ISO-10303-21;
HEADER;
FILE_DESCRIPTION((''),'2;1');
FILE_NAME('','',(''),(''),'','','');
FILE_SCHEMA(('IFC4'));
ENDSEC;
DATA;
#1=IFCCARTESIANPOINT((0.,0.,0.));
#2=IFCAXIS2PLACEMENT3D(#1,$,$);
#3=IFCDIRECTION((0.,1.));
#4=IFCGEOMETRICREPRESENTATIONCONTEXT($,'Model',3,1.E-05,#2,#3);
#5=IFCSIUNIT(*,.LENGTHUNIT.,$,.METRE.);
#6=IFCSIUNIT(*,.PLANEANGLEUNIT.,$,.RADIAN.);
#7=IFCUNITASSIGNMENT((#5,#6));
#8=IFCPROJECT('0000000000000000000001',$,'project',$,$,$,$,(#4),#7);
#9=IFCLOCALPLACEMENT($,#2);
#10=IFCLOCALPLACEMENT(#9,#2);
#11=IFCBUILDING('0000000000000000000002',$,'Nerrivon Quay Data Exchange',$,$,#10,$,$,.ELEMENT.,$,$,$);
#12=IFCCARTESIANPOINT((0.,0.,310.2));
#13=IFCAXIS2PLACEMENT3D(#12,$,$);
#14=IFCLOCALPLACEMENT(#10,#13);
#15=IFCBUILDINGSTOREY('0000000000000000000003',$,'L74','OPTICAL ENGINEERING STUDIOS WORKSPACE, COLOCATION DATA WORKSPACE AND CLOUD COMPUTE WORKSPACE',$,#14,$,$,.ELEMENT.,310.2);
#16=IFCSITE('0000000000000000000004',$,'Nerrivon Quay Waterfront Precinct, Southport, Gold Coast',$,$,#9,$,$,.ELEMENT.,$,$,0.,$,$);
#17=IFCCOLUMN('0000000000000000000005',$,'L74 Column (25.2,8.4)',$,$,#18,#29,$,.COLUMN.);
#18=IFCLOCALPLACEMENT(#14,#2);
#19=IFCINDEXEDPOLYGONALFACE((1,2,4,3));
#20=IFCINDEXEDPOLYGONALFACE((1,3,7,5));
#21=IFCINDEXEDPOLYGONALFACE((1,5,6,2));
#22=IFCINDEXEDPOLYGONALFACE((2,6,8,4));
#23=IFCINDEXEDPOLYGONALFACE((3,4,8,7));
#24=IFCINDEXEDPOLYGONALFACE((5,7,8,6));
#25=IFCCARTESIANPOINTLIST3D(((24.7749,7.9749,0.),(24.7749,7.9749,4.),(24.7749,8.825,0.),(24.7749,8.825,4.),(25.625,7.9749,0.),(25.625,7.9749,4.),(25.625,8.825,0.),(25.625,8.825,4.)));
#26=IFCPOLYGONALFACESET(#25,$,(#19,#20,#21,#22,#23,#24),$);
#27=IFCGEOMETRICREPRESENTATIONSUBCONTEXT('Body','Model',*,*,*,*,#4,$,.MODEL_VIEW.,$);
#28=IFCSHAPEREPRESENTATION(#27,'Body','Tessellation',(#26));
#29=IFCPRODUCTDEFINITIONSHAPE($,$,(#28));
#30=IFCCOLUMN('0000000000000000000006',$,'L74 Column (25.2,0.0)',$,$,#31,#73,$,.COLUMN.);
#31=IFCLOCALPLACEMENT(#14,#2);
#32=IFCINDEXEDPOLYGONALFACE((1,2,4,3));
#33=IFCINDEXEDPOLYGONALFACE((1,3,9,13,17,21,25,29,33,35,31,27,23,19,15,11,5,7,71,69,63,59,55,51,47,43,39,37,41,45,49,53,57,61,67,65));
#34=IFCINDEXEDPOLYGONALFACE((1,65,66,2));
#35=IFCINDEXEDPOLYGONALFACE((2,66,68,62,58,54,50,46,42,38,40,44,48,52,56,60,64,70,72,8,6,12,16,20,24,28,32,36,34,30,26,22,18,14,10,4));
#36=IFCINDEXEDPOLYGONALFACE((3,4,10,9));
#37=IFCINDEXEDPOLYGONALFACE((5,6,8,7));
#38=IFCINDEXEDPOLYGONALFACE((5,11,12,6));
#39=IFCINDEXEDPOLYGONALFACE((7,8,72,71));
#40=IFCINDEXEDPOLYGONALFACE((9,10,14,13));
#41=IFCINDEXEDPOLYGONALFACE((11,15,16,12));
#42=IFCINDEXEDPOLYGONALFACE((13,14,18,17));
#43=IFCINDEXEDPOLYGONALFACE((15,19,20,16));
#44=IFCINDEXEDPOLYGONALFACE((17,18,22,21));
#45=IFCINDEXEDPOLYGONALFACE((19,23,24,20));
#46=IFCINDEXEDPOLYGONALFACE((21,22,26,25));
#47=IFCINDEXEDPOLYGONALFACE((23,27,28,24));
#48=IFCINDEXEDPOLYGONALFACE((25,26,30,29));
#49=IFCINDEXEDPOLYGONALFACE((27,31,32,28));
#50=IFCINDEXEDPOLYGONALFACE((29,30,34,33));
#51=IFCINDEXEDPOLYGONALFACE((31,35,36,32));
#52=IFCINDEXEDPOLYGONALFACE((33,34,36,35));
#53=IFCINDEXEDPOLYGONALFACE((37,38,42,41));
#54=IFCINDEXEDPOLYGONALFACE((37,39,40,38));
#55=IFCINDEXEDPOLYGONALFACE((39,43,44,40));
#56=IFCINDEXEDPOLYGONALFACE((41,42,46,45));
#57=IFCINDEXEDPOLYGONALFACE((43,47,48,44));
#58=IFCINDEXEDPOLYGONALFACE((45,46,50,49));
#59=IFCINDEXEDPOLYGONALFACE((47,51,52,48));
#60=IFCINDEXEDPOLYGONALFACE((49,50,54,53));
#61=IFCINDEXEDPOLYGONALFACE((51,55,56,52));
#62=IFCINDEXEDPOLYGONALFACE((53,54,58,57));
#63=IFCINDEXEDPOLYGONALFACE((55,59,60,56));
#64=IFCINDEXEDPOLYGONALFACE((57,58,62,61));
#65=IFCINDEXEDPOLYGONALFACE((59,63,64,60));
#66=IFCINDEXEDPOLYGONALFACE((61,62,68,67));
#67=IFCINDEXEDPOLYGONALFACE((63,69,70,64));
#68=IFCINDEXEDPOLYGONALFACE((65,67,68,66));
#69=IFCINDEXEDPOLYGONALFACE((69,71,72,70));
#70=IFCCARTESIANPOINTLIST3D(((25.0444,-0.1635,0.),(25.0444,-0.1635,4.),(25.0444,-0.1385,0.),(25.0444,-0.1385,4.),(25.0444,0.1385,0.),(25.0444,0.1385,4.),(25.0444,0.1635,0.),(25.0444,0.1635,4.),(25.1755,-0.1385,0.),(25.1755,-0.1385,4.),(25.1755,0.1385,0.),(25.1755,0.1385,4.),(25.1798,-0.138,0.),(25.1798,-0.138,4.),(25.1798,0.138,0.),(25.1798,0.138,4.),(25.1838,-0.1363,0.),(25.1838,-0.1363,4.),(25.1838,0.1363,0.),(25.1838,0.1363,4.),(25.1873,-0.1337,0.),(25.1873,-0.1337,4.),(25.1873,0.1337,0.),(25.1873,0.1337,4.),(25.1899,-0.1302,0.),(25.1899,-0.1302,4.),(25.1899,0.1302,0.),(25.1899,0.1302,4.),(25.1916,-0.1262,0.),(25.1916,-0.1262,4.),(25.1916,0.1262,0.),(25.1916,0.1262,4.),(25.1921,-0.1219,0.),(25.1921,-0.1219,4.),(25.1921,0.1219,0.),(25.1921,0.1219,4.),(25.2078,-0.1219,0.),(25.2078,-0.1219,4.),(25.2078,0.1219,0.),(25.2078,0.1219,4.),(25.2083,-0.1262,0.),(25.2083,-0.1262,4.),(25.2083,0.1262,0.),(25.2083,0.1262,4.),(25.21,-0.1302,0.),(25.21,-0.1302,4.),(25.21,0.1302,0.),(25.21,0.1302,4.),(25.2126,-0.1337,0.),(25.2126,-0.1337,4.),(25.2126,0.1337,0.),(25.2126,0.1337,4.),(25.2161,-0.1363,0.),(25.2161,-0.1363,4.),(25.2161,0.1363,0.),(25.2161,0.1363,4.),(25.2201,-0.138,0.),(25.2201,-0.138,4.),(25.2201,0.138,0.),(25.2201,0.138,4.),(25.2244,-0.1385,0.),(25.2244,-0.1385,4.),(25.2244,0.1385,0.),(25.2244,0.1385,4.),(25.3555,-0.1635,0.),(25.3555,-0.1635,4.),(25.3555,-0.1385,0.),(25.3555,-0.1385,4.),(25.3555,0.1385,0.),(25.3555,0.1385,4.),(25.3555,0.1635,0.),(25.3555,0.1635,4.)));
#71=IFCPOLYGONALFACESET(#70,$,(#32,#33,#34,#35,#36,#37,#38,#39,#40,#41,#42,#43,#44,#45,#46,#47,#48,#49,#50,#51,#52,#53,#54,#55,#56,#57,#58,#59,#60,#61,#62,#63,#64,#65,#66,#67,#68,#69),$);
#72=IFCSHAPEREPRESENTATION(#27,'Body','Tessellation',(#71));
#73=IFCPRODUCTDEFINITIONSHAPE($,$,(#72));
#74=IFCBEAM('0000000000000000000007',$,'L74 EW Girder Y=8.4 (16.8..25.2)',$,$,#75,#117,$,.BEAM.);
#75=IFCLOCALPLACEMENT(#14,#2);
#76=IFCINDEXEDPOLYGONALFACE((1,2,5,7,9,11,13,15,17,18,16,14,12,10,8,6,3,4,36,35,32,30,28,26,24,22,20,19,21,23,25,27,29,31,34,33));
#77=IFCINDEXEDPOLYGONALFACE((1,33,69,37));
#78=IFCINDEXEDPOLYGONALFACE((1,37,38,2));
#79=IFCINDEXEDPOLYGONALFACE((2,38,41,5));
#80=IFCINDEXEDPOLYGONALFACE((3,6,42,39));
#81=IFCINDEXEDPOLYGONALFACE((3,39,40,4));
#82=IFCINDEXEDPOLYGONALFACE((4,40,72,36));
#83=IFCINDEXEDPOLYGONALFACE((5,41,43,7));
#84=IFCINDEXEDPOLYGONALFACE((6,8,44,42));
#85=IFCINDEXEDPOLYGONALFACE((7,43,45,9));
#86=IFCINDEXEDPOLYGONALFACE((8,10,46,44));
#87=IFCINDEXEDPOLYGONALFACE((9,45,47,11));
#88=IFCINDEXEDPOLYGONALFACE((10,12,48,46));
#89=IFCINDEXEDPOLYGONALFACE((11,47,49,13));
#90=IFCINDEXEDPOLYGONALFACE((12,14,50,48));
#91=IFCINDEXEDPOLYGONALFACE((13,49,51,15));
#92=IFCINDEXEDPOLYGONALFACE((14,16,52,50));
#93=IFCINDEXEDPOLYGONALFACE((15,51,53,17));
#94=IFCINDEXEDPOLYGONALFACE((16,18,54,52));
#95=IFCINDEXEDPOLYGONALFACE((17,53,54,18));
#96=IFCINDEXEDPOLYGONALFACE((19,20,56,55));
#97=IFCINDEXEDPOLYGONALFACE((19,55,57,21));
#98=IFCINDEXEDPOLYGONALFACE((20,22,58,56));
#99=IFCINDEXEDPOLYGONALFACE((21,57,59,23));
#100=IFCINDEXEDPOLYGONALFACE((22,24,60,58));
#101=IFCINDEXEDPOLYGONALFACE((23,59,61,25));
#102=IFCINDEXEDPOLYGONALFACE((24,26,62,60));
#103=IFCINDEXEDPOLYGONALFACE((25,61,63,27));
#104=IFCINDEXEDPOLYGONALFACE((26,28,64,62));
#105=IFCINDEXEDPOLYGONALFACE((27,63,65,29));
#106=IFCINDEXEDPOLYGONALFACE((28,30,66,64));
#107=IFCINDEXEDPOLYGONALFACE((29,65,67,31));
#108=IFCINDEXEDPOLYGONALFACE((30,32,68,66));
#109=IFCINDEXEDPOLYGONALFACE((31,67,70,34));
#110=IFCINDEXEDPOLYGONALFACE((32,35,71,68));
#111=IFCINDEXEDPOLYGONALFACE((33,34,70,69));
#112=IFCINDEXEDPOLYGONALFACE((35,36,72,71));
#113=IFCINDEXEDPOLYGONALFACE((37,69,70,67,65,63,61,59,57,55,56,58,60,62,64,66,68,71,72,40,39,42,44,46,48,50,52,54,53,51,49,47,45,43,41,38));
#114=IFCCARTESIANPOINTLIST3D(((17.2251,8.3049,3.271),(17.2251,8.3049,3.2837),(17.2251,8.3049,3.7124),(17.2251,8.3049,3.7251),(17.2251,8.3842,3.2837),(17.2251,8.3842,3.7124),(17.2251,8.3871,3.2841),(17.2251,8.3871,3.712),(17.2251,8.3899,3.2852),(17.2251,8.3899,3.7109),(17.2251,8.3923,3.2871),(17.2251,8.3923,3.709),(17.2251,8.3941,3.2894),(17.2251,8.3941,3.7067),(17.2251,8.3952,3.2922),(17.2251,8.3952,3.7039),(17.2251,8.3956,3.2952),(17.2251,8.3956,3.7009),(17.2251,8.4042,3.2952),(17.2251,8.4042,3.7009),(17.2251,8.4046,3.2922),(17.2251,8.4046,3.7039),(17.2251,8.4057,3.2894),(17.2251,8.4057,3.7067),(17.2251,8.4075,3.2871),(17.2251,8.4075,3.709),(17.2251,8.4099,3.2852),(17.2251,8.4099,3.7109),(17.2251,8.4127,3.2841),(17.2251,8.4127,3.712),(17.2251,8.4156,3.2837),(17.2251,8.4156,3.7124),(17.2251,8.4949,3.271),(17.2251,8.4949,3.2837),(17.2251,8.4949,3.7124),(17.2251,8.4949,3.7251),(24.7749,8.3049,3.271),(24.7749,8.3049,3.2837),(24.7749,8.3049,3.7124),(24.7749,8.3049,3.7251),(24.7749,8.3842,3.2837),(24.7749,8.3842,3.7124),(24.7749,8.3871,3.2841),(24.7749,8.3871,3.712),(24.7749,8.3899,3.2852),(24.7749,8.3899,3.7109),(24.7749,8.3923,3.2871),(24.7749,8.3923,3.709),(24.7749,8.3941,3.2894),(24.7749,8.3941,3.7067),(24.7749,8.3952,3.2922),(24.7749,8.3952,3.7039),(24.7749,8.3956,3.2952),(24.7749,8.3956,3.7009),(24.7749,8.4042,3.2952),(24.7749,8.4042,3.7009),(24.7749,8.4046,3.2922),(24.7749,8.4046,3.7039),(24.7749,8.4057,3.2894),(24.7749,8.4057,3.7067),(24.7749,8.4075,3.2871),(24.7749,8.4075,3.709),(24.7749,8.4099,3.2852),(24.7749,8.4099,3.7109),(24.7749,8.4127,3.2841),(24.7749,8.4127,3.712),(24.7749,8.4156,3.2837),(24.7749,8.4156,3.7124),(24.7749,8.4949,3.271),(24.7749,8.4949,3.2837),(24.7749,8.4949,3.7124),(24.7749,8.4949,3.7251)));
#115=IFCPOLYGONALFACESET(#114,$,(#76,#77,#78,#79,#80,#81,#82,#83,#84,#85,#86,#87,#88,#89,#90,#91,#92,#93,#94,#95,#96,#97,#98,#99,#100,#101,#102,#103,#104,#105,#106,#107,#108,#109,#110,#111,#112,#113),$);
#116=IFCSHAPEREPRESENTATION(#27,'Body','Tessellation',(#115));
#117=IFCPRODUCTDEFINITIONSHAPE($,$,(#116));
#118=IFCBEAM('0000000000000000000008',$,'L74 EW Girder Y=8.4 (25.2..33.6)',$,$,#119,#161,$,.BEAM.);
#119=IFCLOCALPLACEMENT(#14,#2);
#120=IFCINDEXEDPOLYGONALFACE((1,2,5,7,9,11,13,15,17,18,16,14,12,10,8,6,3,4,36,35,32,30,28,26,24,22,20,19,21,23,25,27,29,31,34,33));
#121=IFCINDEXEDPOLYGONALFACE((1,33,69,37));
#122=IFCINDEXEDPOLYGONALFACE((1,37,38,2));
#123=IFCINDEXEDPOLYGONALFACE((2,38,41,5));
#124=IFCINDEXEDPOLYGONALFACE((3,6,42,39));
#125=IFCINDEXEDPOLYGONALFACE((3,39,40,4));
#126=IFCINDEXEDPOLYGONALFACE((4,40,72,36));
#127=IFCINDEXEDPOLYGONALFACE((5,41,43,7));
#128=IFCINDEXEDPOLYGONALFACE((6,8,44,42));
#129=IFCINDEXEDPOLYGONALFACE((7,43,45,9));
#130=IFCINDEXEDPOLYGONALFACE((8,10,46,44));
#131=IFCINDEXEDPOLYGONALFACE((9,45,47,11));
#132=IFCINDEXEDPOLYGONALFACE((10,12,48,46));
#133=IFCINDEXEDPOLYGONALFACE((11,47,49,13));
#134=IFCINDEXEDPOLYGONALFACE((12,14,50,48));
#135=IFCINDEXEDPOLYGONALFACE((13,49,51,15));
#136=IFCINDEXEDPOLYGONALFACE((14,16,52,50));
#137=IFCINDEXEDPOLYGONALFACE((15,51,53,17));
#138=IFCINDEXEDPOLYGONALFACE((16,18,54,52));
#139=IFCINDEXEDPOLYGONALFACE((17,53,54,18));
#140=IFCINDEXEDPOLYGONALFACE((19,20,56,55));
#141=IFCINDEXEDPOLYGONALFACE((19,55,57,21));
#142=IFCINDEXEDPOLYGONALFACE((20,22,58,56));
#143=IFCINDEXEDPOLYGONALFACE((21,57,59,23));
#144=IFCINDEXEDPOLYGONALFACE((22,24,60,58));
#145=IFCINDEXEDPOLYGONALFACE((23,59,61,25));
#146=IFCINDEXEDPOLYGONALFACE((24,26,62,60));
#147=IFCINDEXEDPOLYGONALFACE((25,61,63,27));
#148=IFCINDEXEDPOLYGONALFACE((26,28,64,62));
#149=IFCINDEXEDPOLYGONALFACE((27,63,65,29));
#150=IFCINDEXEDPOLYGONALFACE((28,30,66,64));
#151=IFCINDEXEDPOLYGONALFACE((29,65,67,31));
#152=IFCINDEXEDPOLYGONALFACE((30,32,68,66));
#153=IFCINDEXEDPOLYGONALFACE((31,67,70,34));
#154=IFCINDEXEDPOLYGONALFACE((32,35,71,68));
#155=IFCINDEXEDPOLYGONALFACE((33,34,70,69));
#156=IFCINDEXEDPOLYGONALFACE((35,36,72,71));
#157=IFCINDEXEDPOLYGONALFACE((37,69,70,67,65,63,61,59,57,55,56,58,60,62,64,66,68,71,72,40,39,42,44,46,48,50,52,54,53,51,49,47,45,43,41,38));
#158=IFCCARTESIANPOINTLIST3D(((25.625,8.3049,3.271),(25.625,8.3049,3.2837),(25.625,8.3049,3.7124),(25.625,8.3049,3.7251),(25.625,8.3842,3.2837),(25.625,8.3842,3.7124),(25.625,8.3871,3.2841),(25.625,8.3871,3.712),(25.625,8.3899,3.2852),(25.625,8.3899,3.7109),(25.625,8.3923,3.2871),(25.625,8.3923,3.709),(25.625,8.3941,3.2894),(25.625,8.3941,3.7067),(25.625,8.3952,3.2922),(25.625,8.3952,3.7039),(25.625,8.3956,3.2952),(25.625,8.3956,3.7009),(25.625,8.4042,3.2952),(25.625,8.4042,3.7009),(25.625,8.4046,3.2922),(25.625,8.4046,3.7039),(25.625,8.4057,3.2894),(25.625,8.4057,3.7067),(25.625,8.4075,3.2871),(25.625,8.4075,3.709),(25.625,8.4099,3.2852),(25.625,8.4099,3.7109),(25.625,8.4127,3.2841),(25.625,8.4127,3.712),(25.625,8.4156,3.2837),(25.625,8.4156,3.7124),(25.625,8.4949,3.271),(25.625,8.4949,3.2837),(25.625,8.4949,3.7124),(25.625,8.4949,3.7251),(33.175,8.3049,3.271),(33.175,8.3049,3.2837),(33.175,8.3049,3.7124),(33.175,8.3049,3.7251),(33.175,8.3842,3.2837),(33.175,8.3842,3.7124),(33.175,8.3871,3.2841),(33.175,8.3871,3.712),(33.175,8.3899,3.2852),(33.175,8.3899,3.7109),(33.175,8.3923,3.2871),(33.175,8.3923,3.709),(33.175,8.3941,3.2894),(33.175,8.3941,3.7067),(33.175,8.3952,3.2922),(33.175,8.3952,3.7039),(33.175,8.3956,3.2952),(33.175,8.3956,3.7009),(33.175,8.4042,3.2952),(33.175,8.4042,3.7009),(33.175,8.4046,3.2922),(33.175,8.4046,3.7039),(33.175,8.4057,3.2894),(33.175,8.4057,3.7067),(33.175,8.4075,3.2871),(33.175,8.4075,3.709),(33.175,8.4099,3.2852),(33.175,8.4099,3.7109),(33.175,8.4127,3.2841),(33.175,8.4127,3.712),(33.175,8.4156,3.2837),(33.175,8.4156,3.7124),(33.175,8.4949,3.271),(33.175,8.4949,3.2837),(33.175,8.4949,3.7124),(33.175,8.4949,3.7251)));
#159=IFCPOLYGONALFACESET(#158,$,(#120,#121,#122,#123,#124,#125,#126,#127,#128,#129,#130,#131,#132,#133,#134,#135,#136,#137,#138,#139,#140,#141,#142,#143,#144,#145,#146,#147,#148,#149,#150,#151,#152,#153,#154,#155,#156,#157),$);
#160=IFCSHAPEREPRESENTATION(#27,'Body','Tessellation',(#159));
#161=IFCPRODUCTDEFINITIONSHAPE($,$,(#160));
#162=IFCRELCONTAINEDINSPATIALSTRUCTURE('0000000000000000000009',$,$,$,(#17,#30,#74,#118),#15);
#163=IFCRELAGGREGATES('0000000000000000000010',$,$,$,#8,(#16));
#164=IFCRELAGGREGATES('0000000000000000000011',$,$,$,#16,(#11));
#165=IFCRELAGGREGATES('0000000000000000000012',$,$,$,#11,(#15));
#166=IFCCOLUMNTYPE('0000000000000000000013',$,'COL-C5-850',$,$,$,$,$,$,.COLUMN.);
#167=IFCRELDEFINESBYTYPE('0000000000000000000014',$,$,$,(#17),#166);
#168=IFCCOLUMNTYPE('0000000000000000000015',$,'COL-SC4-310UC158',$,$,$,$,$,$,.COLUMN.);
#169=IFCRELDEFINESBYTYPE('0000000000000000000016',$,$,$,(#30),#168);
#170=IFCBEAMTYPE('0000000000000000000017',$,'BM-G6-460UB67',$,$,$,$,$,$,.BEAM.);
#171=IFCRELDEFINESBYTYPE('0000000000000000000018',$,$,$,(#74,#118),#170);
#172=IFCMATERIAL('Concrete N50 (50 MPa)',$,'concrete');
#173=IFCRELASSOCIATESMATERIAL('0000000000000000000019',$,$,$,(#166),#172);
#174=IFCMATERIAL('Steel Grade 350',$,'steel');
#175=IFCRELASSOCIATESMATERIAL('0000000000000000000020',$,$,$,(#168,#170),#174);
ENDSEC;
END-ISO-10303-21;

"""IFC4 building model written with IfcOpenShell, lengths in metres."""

from ifc_helpers import new_model, si_unit, direction, frame, origin, origin_2d, place, context, subcontext, project, spatial, rectangle, i_section, extrude, material, material_profile, profile_set, type_object, element, save


model = new_model("IFC4")

# Units and contexts
model_context = context("Model", 3, precision=1e-05, world=origin(), true_north=direction((0.0, 1.0)))
body_context = subcontext(model_context, "Body", "Model", "MODEL_VIEW")
ifc_project = project(units=[si_unit("LENGTHUNIT", "METRE"), si_unit("PLANEANGLEUNIT", "RADIAN")], contexts=[model_context])

# Site, building, storey
site_placement = place(None, origin())
site = spatial("IfcSite", under=ifc_project, at=site_placement, Name="Nerrivon Quay Waterfront Precinct, Southport, Gold Coast", CompositionType="ELEMENT", RefElevation=0.0)
building_placement = place(site_placement, origin())
building = spatial("IfcBuilding", under=site, at=building_placement, Name="Nerrivon Quay Data Exchange", CompositionType="ELEMENT")
storey_placement = place(building_placement, frame((0.0, 0.0, 310.2)))
storey = spatial("IfcBuildingStorey", under=building, at=storey_placement, Name="L74", Description="OPTICAL ENGINEERING STUDIOS WORKSPACE, COLOCATION DATA WORKSPACE AND CLOUD COMPUTE WORKSPACE", CompositionType="ELEMENT", Elevation=310.2)

# Columns
ifc_material_1 = material(Name="Concrete N50 (50 MPa)", Category="concrete")
ifc_material_profile_1 = material_profile(ifc_material_1, rectangle(XDim=0.8501, YDim=0.8501, at=origin_2d()), Name="RC-COL-850x850")
ifc_profile_set_1 = profile_set([ifc_material_profile_1], Name="Concrete N50 (50 MPa)")
column_type_1 = type_object("IfcColumnType", Name="COL-C5-850", PredefinedType="COLUMN", material=ifc_profile_set_1)
column_1_placement = place(storey_placement, frame((25.2, 8.3999, 0.0), z_axis=(0.0, 0.0, 1.0), x_axis=(1.0, 0.0, 0.0)))
element("IfcColumn", 1, at=column_1_placement, inside=storey, type_object=column_type_1, Name="L74 Column (25.2,8.4)", PredefinedType="COLUMN", context=body_context, shape_type="SweptSolid", body=[
    extrude(rectangle(XDim=0.8501, YDim=0.8501, at=origin_2d()), origin(), (0.0, 0.0, 1.0), 4.0),
])
ifc_material_2 = material(Name="Steel Grade 350", Category="steel")
ifc_material_profile_2 = material_profile(ifc_material_2, i_section(OverallWidth=0.311, OverallDepth=0.3269, WebThickness=0.0156, FlangeThickness=0.0249, FilletRadius=0.0166, at=origin_2d()), Name="310UC158")
ifc_profile_set_2 = profile_set([ifc_material_profile_2], Name="Steel Grade 350")
column_type_2 = type_object("IfcColumnType", Name="COL-SC4-310UC158", PredefinedType="COLUMN", material=ifc_profile_set_2)
column_2_placement = place(storey_placement, frame((25.2, 0.0, 0.0), z_axis=(0.0, 0.0, 1.0), x_axis=(1.0, 0.0, 0.0)))
element("IfcColumn", 2, at=column_2_placement, inside=storey, type_object=column_type_2, Name="L74 Column (25.2,0.0)", PredefinedType="COLUMN", context=body_context, shape_type="SweptSolid", body=[
    extrude(i_section(OverallWidth=0.311, OverallDepth=0.3269, WebThickness=0.0156, FlangeThickness=0.0249, FilletRadius=0.0166, at=origin_2d()), origin(), (0.0, 0.0, 1.0), 4.0),
])

# Beams
ifc_material_profile_3 = material_profile(ifc_material_2, i_section(OverallWidth=0.1899, OverallDepth=0.4541, WebThickness=0.0085, FlangeThickness=0.0127, FilletRadius=0.0115, at=origin_2d()), Name="460UB67.1")
ifc_profile_set_3 = profile_set([ifc_material_profile_3], Name="Steel Grade 350")
beam_type_1 = type_object("IfcBeamType", Name="BM-G6-460UB67", PredefinedType="BEAM", material=ifc_profile_set_3)
beam_1_placement = place(storey_placement, frame((17.2251, 8.3999, 3.498), z_axis=(1.0, 0.0, 0.0), x_axis=(0.0, 1.0, 0.0)))
element("IfcBeam", 3, at=beam_1_placement, inside=storey, type_object=beam_type_1, Name="L74 EW Girder Y=8.4 (16.8..25.2)", PredefinedType="BEAM", context=body_context, shape_type="SweptSolid", body=[
    extrude(i_section(OverallWidth=0.1899, OverallDepth=0.4541, WebThickness=0.0085, FlangeThickness=0.0127, FilletRadius=0.0115, at=origin_2d()), origin(), (0.0, 0.0, 1.0), 7.5498),
])
beam_2_placement = place(storey_placement, frame((25.625, 8.3999, 3.498), z_axis=(1.0, 0.0, 0.0), x_axis=(0.0, 1.0, 0.0)))
element("IfcBeam", 4, at=beam_2_placement, inside=storey, type_object=beam_type_1, Name="L74 EW Girder Y=8.4 (25.2..33.6)", PredefinedType="BEAM", context=body_context, shape_type="SweptSolid", body=[
    extrude(i_section(OverallWidth=0.1899, OverallDepth=0.4541, WebThickness=0.0085, FlangeThickness=0.0127, FilletRadius=0.0115, at=origin_2d()), origin(), (0.0, 0.0, 1.0), 7.55),
])

save(model, "model.ifc")
